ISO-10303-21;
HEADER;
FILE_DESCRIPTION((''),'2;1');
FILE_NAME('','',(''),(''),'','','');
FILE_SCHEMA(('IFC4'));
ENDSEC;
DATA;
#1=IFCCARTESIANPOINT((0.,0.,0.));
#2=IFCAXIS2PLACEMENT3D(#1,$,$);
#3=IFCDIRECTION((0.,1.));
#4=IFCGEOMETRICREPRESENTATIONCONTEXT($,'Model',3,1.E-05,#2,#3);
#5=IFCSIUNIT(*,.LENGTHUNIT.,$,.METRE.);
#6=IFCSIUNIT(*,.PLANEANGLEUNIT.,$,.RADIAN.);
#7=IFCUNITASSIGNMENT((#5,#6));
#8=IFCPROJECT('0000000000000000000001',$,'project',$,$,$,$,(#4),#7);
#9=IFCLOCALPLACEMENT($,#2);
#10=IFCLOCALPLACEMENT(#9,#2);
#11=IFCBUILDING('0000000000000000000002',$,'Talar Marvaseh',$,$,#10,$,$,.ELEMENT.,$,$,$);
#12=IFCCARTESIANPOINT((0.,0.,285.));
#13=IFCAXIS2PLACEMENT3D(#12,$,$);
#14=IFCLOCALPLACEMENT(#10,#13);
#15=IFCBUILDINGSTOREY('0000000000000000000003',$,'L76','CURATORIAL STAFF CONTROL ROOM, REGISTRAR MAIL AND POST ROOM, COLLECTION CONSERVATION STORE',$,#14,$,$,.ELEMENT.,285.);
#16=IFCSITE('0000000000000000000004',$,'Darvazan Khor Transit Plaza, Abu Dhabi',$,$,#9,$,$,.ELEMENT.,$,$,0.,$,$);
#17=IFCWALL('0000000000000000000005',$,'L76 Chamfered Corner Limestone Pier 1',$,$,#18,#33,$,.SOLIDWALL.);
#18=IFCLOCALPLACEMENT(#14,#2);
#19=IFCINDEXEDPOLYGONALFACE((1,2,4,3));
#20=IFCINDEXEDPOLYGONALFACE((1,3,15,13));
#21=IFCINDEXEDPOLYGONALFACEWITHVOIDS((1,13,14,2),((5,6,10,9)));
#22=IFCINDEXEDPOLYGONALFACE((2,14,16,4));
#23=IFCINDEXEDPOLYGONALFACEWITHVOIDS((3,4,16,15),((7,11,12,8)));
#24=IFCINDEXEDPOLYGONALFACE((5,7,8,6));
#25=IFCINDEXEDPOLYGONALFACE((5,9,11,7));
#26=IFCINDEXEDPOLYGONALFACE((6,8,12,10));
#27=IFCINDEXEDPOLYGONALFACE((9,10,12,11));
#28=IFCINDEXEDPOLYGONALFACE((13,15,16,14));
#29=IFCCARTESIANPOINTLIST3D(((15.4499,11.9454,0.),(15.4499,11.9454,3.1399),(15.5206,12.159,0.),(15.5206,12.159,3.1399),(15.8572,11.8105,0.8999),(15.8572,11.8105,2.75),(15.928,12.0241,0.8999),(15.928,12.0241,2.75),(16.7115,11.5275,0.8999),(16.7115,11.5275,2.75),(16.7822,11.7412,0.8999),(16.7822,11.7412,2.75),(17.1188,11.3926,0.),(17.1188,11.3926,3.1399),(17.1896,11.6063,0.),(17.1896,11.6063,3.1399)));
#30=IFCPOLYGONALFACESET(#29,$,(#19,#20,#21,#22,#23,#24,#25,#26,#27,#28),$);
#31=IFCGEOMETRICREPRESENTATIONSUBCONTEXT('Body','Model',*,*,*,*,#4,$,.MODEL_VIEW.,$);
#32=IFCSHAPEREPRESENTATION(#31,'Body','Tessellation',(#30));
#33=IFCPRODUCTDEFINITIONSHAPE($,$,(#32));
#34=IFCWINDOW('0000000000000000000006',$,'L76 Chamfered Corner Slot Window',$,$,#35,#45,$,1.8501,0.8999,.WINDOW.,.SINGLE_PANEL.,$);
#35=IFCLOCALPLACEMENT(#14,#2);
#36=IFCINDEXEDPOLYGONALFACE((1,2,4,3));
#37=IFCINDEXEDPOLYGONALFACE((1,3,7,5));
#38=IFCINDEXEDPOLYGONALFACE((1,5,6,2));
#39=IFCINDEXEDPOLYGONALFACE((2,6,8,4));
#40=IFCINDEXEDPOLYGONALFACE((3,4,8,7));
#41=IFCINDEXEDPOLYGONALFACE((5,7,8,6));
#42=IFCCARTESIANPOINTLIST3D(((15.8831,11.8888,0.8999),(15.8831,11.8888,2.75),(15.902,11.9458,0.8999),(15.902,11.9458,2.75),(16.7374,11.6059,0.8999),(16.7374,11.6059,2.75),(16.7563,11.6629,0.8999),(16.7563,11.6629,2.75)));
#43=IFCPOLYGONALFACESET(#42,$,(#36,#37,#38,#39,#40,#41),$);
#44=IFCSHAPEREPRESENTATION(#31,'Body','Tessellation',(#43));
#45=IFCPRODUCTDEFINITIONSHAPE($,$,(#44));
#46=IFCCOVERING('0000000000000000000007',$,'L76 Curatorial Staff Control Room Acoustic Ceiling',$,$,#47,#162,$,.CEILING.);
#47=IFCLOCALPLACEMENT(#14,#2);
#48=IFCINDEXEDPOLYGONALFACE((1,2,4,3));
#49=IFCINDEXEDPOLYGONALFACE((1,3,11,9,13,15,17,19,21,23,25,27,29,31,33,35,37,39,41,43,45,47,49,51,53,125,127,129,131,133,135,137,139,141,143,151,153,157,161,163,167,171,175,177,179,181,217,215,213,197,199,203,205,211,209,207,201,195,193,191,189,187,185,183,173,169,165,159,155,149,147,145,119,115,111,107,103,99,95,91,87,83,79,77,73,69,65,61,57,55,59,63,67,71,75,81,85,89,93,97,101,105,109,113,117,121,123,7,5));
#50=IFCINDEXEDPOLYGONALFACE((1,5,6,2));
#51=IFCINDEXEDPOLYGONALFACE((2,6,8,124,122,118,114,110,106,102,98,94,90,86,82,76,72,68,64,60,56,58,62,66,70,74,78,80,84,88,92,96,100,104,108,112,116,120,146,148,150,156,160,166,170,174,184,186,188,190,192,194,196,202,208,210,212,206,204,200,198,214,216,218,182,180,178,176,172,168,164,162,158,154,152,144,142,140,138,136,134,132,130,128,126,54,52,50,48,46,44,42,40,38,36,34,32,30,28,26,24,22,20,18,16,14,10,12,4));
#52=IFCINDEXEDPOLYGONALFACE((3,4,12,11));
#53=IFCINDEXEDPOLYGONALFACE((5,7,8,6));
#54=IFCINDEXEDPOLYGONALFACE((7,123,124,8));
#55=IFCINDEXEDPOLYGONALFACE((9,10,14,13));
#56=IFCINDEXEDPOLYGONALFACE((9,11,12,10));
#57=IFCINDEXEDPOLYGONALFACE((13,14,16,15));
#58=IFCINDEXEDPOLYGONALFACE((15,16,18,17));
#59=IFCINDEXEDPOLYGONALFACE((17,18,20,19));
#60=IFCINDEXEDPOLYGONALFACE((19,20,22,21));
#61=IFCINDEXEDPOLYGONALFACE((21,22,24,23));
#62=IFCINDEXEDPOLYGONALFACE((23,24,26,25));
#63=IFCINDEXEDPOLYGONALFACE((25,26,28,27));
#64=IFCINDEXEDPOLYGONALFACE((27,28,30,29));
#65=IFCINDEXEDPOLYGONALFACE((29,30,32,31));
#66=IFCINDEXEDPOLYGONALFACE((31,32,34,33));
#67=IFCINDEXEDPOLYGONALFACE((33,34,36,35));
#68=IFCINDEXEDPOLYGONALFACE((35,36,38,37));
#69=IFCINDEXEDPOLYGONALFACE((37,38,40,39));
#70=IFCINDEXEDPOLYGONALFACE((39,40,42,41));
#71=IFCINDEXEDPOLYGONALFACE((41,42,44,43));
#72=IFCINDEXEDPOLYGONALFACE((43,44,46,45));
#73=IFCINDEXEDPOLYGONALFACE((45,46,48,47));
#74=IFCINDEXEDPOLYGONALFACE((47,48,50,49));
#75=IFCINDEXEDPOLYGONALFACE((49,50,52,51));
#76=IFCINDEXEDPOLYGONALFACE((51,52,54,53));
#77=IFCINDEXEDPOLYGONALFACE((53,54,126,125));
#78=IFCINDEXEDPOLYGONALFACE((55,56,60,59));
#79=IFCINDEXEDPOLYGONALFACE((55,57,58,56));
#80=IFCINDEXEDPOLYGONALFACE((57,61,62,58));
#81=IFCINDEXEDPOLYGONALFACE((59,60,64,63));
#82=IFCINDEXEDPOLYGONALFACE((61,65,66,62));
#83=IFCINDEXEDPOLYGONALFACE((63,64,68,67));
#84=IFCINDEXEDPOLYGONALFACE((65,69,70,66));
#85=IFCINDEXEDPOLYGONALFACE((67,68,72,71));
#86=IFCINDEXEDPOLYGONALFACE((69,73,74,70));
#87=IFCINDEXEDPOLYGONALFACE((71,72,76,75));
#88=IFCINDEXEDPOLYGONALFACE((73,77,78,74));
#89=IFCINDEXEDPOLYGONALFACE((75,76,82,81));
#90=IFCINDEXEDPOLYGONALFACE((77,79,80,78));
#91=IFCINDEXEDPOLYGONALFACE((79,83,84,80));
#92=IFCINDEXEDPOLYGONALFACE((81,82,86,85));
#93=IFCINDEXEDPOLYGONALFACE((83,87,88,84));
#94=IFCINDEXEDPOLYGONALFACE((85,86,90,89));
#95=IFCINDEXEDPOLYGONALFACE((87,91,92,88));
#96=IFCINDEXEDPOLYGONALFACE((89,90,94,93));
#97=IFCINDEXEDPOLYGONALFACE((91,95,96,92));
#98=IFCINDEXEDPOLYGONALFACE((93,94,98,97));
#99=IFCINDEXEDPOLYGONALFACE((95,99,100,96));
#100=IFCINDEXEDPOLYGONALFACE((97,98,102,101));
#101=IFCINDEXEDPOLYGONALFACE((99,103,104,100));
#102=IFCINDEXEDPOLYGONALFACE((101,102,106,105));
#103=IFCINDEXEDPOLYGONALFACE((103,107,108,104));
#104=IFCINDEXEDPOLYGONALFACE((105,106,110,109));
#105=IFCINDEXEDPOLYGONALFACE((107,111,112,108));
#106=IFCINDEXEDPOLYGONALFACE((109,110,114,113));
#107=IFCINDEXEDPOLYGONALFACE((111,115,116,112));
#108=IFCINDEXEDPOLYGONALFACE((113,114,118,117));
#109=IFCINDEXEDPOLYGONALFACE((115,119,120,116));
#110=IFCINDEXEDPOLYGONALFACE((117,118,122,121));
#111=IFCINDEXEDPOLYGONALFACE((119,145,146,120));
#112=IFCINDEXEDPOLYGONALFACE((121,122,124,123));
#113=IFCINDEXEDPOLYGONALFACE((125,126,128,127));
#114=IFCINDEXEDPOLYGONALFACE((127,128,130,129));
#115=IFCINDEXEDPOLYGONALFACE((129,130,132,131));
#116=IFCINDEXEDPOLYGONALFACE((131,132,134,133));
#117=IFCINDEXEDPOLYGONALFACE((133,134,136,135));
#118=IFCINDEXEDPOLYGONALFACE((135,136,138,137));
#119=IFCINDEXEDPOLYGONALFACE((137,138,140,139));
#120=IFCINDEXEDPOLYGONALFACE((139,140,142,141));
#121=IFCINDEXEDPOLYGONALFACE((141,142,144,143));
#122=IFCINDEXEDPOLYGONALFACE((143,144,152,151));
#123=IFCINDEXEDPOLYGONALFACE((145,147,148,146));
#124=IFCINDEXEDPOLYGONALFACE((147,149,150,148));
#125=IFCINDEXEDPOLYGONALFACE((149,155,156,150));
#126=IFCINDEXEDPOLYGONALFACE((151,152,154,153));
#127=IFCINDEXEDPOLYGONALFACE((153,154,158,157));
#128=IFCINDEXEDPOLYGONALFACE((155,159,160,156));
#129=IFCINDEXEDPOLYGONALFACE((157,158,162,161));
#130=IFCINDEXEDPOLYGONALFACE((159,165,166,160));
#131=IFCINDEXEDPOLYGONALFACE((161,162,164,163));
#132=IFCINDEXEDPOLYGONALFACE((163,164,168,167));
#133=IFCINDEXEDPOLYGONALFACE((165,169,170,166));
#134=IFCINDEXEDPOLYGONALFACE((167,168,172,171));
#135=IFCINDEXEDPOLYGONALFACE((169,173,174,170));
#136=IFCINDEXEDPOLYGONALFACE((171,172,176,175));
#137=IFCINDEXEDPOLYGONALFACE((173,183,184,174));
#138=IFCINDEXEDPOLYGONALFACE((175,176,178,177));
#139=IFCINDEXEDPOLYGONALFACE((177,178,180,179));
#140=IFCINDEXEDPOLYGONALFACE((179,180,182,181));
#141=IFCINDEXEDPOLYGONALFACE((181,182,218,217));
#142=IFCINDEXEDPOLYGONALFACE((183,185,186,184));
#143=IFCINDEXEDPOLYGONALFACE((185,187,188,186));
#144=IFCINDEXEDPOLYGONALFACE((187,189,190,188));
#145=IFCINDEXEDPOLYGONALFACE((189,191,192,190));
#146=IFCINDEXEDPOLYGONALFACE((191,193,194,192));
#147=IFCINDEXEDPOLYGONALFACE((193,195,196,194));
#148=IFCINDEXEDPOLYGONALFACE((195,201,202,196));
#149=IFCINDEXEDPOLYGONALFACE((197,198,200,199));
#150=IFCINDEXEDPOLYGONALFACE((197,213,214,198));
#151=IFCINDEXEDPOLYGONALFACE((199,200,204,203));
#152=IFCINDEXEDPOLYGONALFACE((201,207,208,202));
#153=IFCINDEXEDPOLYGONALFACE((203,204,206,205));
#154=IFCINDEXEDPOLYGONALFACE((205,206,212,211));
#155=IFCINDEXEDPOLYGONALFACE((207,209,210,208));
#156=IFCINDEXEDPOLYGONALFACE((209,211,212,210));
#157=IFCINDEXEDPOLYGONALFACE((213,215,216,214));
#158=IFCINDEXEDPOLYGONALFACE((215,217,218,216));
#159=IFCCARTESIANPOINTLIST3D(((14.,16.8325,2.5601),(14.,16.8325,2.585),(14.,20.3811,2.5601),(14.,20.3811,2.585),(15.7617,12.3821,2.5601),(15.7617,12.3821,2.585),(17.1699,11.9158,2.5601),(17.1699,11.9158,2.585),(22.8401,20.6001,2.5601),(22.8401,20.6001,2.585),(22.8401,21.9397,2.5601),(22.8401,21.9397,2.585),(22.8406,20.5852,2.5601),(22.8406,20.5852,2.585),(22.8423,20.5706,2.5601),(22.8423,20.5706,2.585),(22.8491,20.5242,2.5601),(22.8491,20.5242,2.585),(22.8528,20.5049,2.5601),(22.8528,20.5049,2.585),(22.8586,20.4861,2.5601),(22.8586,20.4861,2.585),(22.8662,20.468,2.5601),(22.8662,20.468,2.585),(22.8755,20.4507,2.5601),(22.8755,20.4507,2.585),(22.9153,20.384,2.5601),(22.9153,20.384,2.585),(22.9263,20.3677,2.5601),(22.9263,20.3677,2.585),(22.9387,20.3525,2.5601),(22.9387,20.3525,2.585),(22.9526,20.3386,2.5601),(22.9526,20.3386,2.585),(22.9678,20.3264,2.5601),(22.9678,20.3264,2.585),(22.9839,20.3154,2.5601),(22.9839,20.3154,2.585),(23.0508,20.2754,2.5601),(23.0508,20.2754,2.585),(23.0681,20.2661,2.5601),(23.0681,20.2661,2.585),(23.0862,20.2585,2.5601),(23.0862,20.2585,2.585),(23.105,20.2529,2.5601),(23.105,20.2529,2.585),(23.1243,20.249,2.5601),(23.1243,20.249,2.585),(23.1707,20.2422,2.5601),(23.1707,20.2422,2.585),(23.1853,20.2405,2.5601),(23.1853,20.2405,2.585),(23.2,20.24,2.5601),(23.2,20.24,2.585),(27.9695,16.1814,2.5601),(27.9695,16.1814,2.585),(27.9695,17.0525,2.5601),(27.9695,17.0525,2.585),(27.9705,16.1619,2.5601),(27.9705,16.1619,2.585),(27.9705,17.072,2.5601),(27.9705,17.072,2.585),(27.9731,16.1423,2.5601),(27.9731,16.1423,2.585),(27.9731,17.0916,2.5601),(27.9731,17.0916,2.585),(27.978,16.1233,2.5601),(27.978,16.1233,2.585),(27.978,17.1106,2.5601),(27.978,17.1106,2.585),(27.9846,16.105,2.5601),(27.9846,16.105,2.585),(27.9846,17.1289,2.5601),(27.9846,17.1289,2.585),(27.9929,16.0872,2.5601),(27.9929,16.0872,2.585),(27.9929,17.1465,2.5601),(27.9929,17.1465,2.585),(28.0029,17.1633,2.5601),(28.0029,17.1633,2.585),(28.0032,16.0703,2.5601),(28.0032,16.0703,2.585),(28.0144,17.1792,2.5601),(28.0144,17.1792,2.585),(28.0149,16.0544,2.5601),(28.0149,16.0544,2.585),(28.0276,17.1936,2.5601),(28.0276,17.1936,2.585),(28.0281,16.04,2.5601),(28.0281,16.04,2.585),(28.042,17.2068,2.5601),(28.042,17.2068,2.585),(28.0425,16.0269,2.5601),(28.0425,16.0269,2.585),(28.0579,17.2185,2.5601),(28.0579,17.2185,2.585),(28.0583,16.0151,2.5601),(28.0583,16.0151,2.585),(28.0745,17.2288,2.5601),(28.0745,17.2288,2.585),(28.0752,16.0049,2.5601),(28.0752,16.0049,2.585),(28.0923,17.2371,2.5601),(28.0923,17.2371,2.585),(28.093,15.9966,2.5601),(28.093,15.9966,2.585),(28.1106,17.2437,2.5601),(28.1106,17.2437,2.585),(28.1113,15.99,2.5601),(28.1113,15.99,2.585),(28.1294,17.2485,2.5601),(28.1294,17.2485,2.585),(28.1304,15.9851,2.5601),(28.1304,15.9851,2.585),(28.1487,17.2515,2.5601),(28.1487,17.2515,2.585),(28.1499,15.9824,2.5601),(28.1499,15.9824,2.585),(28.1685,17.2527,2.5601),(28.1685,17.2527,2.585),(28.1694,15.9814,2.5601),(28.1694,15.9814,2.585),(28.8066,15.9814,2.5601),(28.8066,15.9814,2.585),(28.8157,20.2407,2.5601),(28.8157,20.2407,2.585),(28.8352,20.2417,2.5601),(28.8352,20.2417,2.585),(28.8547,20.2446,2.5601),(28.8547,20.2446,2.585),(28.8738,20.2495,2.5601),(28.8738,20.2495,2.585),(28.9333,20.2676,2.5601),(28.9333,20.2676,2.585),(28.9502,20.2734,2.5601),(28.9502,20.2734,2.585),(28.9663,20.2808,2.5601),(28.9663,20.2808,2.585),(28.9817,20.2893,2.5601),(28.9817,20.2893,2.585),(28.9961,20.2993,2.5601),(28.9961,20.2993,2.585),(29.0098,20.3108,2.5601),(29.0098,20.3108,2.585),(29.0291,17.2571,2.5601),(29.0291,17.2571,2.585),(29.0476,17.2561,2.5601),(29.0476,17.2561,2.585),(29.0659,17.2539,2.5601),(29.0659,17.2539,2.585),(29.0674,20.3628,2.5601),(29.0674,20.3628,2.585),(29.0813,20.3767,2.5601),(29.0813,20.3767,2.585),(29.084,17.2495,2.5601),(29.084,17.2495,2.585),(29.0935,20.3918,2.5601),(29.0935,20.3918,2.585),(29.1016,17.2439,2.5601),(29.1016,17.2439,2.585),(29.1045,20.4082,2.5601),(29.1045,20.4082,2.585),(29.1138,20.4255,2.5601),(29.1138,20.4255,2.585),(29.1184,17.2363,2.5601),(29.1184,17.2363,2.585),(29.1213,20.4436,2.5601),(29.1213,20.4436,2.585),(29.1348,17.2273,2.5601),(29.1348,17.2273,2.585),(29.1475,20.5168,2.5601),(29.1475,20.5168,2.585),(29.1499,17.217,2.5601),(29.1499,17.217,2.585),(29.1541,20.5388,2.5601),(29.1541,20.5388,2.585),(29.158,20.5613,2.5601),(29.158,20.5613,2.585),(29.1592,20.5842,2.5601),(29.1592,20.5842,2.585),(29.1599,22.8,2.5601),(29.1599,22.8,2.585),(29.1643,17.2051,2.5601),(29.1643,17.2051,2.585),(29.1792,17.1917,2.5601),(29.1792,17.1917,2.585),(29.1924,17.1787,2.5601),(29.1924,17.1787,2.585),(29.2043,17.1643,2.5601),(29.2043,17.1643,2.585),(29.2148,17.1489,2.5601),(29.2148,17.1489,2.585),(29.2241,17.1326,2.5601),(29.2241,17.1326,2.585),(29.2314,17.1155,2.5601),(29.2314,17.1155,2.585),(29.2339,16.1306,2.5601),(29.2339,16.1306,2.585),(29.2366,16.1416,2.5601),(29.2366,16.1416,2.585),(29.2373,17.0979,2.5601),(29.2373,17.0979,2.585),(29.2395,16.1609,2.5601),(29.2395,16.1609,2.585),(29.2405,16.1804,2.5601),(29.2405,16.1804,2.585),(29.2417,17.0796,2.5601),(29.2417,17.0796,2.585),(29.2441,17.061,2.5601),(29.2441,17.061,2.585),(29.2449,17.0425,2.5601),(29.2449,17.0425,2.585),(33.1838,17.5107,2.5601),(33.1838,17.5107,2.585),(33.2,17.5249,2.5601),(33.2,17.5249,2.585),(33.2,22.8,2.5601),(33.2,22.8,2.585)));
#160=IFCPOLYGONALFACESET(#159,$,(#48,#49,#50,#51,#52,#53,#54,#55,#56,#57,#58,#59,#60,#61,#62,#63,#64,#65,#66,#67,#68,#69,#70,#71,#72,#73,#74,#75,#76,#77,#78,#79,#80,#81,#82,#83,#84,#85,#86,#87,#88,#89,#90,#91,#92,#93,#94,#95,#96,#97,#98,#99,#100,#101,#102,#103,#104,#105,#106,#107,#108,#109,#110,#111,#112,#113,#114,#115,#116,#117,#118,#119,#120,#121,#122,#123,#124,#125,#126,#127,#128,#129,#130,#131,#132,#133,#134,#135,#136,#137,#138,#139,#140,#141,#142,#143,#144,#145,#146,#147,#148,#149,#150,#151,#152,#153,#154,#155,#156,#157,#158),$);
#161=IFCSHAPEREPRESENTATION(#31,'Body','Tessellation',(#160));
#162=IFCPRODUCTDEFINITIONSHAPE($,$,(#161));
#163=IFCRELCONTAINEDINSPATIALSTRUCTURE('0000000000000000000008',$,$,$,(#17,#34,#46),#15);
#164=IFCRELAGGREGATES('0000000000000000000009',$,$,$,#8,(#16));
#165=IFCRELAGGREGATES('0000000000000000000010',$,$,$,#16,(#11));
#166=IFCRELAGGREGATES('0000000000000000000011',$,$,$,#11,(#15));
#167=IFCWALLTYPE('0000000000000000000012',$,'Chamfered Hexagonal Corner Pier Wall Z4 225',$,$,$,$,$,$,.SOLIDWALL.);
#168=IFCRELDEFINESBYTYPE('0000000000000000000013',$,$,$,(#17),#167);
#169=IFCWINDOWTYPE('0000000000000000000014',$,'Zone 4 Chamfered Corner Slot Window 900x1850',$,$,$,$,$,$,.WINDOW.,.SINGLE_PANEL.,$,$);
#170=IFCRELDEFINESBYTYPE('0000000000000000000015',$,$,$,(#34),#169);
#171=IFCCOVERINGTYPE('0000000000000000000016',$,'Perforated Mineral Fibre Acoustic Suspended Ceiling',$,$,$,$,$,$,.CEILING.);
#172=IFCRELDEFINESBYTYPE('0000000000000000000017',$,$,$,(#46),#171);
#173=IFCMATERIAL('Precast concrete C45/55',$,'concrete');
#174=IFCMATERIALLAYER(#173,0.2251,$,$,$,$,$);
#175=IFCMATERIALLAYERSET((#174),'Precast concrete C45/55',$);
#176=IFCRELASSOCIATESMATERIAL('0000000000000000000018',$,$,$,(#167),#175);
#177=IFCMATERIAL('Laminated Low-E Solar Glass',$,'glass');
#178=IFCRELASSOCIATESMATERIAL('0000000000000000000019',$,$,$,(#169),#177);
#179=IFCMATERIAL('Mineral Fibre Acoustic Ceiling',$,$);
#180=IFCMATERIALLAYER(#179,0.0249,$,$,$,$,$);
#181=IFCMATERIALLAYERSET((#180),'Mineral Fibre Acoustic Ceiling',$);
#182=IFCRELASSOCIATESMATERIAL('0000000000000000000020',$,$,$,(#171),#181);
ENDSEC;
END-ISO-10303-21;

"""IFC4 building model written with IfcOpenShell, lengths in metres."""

from ifc_helpers import new_model, si_unit, direction, frame, frame_2d, origin, place, context, subcontext, project, spatial, polyline, rectangle, outline, extrude, source, transform, mapped, material, layer, layer_set, type_object, type_shapes, element, fill, save


model = new_model("IFC4")

# Units and contexts
model_context = context("Model", 3, precision=1e-05, world=origin(), true_north=direction((0.0, 1.0)))
body_context = subcontext(model_context, "Body", "Model", "MODEL_VIEW")
ifc_project = project(units=[si_unit("LENGTHUNIT", "METRE"), si_unit("PLANEANGLEUNIT", "RADIAN")], contexts=[model_context])

# Site, building, storey
site_placement = place(None, origin())
site = spatial("IfcSite", under=ifc_project, at=site_placement, Name="Darvazan Khor Transit Plaza, Abu Dhabi", CompositionType="ELEMENT", RefElevation=0.0)
building_placement = place(site_placement, origin())
building = spatial("IfcBuilding", under=site, at=building_placement, Name="Talar Marvaseh", CompositionType="ELEMENT")
storey_placement = place(building_placement, frame((0.0, 0.0, 285.0)))
storey = spatial("IfcBuildingStorey", under=building, at=storey_placement, Name="L76", Description="CURATORIAL STAFF CONTROL ROOM, REGISTRAR MAIL AND POST ROOM, COLLECTION CONSERVATION STORE", CompositionType="ELEMENT", Elevation=285.0)

# Shared definitions
ifc_material_1 = material(Name="Laminated Low-E Solar Glass", Category="glass")

# Wall, opening, window
ifc_material_2 = material(Name="Precast concrete C45/55", Category="concrete")
ifc_layer_1 = layer(ifc_material_2, 0.2251)
ifc_layer_set_1 = layer_set([ifc_layer_1], Name="Precast concrete C45/55")
wall_type = type_object("IfcWallType", Name="Chamfered Hexagonal Corner Pier Wall Z4 225", PredefinedType="SOLIDWALL", material=ifc_layer_set_1)
wall_placement = place(storey_placement, frame((17.1541, 11.4995, 0.0), z_axis=(0.0, 0.0, 1.0), x_axis=(-0.949293, 0.314394, 0.0)))
wall = element("IfcWall", 1, at=wall_placement, inside=storey, type_object=wall_type, Name="L76 Chamfered Corner Limestone Pier 1", PredefinedType="SOLIDWALL", context=body_context, shape_type="SweptSolid", body=[
    extrude(rectangle(XDim=1.7581, YDim=0.2251, at=frame_2d((0.8789, 0.0))), origin(), (0.0, 0.0, 1.0), 3.1399),
])
opening_placement = place(wall_placement, frame((0.429, 0.0, 0.8999)))
opening = element("IfcOpeningElement", 2, at=opening_placement, cuts=wall, PredefinedType="OPENING", context=body_context, shape_type="SweptSolid", body=[
    extrude(rectangle(XDim=0.8999, YDim=1.8501, at=frame_2d((0.45, 0.925))), frame((0.0, 0.1226, 0.0), z_axis=(0.0, -1.0, 0.0), x_axis=(1.0, 0.0, 0.0)), (0.0, 0.0, 1.0), 0.2451),
])
window_type = type_object("IfcWindowType", Name="Zone 4 Chamfered Corner Slot Window 900x1850", PartitioningType="SINGLE_PANEL", PredefinedType="WINDOW", material=ifc_material_1)
shared_shape_1 = source(origin(), body_context, "Body", "SweptSolid", [
    extrude(rectangle(XDim=0.8999, YDim=1.8501, at=frame_2d((0.45, 0.925))), frame((0.0, 0.03, 0.0), z_axis=(0.0, -1.0, 0.0), x_axis=(1.0, 0.0, 0.0)), (0.0, 0.0, 1.0), 0.0601),
])
type_shapes(window_type, [shared_shape_1])
window_placement = place(opening_placement, origin())
window = element("IfcWindow", 3, at=window_placement, inside=storey, type_object=window_type, Name="L76 Chamfered Corner Slot Window", OverallHeight=1.8501, OverallWidth=0.8999, PartitioningType="SINGLE_PANEL", PredefinedType="WINDOW", context=body_context, shape_type="MappedRepresentation", body=[
    mapped(shared_shape_1, transform((0.0, 0.0, 0.0), x_axis=(1.0, 0.0, 0.0), y_axis=(0.0, 1.0, 0.0), z_axis=(0.0, 0.0, 1.0), scale=1.0)),
])
fill(opening, window)

# Covering
ifc_material_3 = material(Name="Mineral Fibre Acoustic Ceiling")
ifc_layer_2 = layer(ifc_material_3, 0.0249)
ifc_layer_set_2 = layer_set([ifc_layer_2], Name="Mineral Fibre Acoustic Ceiling")
covering_type_1 = type_object("IfcCoveringType", Name="Perforated Mineral Fibre Acoustic Suspended Ceiling", PredefinedType="CEILING", material=ifc_layer_set_2)
covering_1_placement = place(storey_placement, frame((0.0, 0.0, 2.5601)))
element("IfcCovering", 4, at=covering_1_placement, inside=storey, type_object=covering_type_1, Name="L76 Curatorial Staff Control Room Acoustic Ceiling", PredefinedType="CEILING", context=body_context, shape_type="SweptSolid", body=[
    extrude(outline(polyline([(22.8401, 20.6001), (22.8406, 20.5852), (22.8423, 20.5706), (22.8491, 20.5242), (22.8528, 20.5049), (22.8586, 20.4861), (22.8662, 20.468), (22.8755, 20.4507), (22.9153, 20.384), (22.9263, 20.3677), (22.9387, 20.3525), (22.9526, 20.3386), (22.9678, 20.3264), (22.9839, 20.3154), (23.0508, 20.2754), (23.0681, 20.2661), (23.0862, 20.2585), (23.105, 20.2529), (23.1243, 20.249), (23.1707, 20.2422), (23.1853, 20.2405), (23.2, 20.24), (28.8157, 20.2407), (28.8352, 20.2417), (28.8547, 20.2446), (28.8738, 20.2495), (28.9333, 20.2676), (28.9502, 20.2734), (28.9663, 20.2808), (28.9817, 20.2893), (28.9961, 20.2993), (29.0098, 20.3108), (29.0674, 20.3628), (29.0813, 20.3767), (29.0935, 20.3918), (29.1045, 20.4082), (29.1138, 20.4255), (29.1213, 20.4436), (29.1475, 20.5168), (29.1541, 20.5388), (29.158, 20.5613), (29.1592, 20.5842), (29.1599, 22.8), (33.2, 22.8), (33.2, 17.5249), (33.1838, 17.5107), (29.2339, 16.1306), (29.2366, 16.1416), (29.2395, 16.1609), (29.2405, 16.1804), (29.2449, 17.0425), (29.2441, 17.061), (29.2417, 17.0796), (29.2373, 17.0979), (29.2314, 17.1155), (29.2241, 17.1326), (29.2148, 17.1489), (29.2043, 17.1643), (29.1924, 17.1787), (29.1792, 17.1917), (29.1643, 17.2051), (29.1499, 17.217), (29.1348, 17.2273), (29.1184, 17.2363), (29.1016, 17.2439), (29.084, 17.2495), (29.0659, 17.2539), (29.0476, 17.2561), (29.0291, 17.2571), (28.1685, 17.2527), (28.1487, 17.2515), (28.1294, 17.2485), (28.1106, 17.2437), (28.0923, 17.2371), (28.0745, 17.2288), (28.0579, 17.2185), (28.042, 17.2068), (28.0276, 17.1936), (28.0144, 17.1792), (28.0029, 17.1633), (27.9929, 17.1465), (27.9846, 17.1289), (27.978, 17.1106), (27.9731, 17.0916), (27.9705, 17.072), (27.9695, 17.0525), (27.9695, 16.1814), (27.9705, 16.1619), (27.9731, 16.1423), (27.978, 16.1233), (27.9846, 16.105), (27.9929, 16.0872), (28.0032, 16.0703), (28.0149, 16.0544), (28.0281, 16.04), (28.0425, 16.0269), (28.0583, 16.0151), (28.0752, 16.0049), (28.093, 15.9966), (28.1113, 15.99), (28.1304, 15.9851), (28.1499, 15.9824), (28.1694, 15.9814), (28.8066, 15.9814), (17.1699, 11.9158), (15.7617, 12.3821), (14.0, 16.8325), (14.0, 20.3811), (22.8401, 21.9397), (22.8401, 20.6001)])), origin(), (0.0, 0.0, 1.0), 0.0249),
])

save(model, "model.ifc")
